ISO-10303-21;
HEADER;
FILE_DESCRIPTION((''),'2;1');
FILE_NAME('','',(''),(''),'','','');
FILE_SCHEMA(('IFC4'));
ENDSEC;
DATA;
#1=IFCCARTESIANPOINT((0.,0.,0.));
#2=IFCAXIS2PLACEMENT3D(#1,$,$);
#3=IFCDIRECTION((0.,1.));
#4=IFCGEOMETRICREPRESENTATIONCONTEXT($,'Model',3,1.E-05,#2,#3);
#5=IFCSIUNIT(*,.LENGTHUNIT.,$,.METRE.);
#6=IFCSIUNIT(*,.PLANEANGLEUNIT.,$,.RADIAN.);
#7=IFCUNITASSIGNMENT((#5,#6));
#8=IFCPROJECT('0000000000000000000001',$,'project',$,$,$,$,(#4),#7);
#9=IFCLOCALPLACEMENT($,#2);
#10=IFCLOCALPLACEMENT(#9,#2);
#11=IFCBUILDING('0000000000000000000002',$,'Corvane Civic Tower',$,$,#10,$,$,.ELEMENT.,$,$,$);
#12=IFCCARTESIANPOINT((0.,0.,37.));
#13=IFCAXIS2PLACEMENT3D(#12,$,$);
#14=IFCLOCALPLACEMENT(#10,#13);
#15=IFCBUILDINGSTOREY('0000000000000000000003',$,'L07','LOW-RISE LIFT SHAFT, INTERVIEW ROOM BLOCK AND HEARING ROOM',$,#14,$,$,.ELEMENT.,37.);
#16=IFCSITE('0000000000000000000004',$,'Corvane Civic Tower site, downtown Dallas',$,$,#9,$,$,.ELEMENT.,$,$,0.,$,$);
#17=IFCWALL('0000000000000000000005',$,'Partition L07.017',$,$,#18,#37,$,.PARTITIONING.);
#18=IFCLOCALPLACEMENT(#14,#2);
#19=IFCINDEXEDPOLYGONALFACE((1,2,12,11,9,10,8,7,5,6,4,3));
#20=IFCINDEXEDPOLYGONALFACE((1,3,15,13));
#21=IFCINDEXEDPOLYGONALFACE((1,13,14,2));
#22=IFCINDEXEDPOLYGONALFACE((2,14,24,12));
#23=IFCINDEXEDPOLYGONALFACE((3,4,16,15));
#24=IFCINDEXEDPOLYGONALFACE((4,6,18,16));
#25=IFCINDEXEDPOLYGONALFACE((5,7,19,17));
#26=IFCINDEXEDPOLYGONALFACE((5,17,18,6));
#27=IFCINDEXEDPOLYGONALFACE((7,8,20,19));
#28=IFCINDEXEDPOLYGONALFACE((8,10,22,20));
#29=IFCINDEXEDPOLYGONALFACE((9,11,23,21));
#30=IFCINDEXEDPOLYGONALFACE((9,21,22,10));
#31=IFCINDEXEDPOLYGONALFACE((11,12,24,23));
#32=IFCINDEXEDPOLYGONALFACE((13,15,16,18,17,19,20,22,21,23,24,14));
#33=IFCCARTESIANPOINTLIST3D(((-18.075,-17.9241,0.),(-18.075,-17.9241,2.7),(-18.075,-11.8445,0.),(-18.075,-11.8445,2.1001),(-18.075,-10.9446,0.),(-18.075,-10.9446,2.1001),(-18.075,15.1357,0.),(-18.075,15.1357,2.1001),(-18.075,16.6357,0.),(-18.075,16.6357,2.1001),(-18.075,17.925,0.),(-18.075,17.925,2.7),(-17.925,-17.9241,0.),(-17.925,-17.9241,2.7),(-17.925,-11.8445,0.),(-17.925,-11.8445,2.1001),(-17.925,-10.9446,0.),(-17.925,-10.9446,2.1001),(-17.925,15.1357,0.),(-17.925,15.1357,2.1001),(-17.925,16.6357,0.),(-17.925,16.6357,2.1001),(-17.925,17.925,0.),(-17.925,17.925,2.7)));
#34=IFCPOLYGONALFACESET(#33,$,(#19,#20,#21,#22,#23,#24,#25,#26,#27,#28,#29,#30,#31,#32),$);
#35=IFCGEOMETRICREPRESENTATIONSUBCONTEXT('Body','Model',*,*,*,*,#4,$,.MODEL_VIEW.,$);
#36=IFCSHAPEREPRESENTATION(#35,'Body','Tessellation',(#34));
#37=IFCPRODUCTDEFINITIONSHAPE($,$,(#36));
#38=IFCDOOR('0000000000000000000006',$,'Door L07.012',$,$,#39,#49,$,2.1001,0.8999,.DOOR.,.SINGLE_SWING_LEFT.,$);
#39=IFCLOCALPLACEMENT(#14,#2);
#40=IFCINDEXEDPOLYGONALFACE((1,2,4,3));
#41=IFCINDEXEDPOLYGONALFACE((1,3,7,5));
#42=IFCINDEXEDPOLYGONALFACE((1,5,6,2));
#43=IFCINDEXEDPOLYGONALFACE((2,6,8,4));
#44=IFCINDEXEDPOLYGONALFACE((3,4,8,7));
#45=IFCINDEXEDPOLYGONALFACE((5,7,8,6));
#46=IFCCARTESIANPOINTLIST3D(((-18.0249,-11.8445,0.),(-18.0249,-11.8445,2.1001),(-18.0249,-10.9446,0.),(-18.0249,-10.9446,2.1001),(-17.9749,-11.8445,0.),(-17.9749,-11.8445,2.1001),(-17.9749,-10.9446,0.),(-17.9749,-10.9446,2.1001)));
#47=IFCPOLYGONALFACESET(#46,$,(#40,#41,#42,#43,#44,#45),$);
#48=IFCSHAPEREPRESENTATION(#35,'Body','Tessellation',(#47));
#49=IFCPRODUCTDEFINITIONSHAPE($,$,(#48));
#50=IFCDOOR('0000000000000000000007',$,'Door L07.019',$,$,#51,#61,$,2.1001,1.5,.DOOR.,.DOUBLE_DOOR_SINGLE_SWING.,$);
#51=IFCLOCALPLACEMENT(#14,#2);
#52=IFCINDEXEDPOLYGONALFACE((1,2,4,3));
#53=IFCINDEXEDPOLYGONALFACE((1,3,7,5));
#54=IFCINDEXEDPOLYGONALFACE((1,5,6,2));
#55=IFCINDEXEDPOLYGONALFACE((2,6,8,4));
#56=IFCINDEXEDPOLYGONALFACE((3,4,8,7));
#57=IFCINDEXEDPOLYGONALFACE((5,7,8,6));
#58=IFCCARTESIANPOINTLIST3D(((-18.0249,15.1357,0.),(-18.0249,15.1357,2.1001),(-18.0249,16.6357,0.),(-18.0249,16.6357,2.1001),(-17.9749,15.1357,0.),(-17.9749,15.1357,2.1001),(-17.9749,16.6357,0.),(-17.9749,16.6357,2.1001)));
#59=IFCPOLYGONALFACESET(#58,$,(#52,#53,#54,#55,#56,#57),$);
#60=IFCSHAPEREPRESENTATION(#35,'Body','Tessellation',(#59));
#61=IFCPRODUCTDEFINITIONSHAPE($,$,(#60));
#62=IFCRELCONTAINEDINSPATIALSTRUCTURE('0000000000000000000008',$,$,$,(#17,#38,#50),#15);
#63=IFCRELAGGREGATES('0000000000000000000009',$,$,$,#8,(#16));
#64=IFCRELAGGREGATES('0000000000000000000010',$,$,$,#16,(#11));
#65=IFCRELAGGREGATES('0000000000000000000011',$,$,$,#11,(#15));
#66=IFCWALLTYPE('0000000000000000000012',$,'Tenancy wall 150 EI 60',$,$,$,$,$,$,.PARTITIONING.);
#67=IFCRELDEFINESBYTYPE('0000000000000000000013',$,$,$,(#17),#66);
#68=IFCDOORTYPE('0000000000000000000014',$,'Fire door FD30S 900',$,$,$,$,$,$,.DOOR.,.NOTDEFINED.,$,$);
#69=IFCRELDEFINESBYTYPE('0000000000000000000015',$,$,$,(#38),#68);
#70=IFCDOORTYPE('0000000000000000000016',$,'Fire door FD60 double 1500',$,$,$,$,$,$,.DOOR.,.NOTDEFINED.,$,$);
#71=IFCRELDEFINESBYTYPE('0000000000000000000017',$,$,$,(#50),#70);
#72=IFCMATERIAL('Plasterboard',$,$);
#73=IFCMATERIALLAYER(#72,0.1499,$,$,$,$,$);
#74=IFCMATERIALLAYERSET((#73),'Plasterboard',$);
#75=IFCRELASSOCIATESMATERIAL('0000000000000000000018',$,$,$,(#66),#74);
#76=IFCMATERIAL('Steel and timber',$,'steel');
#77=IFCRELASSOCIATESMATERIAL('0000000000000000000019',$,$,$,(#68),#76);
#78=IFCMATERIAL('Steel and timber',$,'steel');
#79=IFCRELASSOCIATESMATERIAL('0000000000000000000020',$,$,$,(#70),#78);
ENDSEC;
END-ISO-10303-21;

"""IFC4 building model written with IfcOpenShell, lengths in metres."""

from ifc_helpers import new_model, si_unit, direction, frame, frame_2d, origin, place, context, subcontext, project, spatial, rectangle, extrude, material, layer, layer_set, type_object, element, fill, save


model = new_model("IFC4")

# Units and contexts
model_context = context("Model", 3, precision=1e-05, world=origin(), true_north=direction((0.0, 1.0)))
body_context = subcontext(model_context, "Body", "Model", "MODEL_VIEW")
ifc_project = project(units=[si_unit("LENGTHUNIT", "METRE"), si_unit("PLANEANGLEUNIT", "RADIAN")], contexts=[model_context])

# Site, building, storey
site_placement = place(None, origin())
site = spatial("IfcSite", under=ifc_project, at=site_placement, Name="Corvane Civic Tower site, downtown Dallas", CompositionType="ELEMENT", RefElevation=0.0)
building_placement = place(site_placement, origin())
building = spatial("IfcBuilding", under=site, at=building_placement, Name="Corvane Civic Tower", CompositionType="ELEMENT")
storey_placement = place(building_placement, frame((0.0, 0.0, 37.0)))
storey = spatial("IfcBuildingStorey", under=building, at=storey_placement, Name="L07", Description="LOW-RISE LIFT SHAFT, INTERVIEW ROOM BLOCK AND HEARING ROOM", CompositionType="ELEMENT", Elevation=37.0)

# Wall, openings, doors
ifc_material_1 = material(Name="Plasterboard")
ifc_layer_1 = layer(ifc_material_1, 0.1499)
ifc_layer_set_1 = layer_set([ifc_layer_1], Name="Plasterboard")
wall_type_1 = type_object("IfcWallType", Name="Tenancy wall 150 EI 60", PredefinedType="PARTITIONING", material=ifc_layer_set_1)
ifc_material_2 = material(Name="Steel and timber", Category="steel")
door_type_1 = type_object("IfcDoorType", Name="Fire door FD30S 900", OperationType="NOTDEFINED", PredefinedType="DOOR", material=ifc_material_2)
ifc_material_3 = material(Name="Steel and timber", Category="steel")
door_type_2 = type_object("IfcDoorType", Name="Fire door FD60 double 1500", OperationType="NOTDEFINED", PredefinedType="DOOR", material=ifc_material_3)
wall_1_placement = place(storey_placement, frame((-18.0, -17.9241, 0.0), z_axis=(0.0, 0.0, 1.0), x_axis=(0.0, 1.0, 0.0)))
wall_1 = element("IfcWall", 1, at=wall_1_placement, inside=storey, type_object=wall_type_1, Name="Partition L07.017", PredefinedType="PARTITIONING", context=body_context, shape_type="SweptSolid", body=[
    extrude(rectangle(XDim=35.8491, YDim=0.1499, at=frame_2d((17.9246, 0.0))), origin(), (0.0, 0.0, 1.0), 2.7),
])
opening_1_placement = place(wall_1_placement, frame((6.0796, 0.0, 0.0)))
opening_1 = element("IfcOpeningElement", 2, at=opening_1_placement, cuts=wall_1, PredefinedType="OPENING", context=body_context, shape_type="SweptSolid", body=[
    extrude(rectangle(XDim=0.8999, YDim=2.1001, at=frame_2d((0.45, 1.05))), frame((0.0, 0.085, 0.0), z_axis=(0.0, -1.0, 0.0), x_axis=(1.0, 0.0, 0.0)), (0.0, 0.0, 1.0), 0.1699),
])
opening_2_placement = place(wall_1_placement, frame((33.0598, 0.0, 0.0)))
opening_2 = element("IfcOpeningElement", 3, at=opening_2_placement, cuts=wall_1, PredefinedType="OPENING", context=body_context, shape_type="SweptSolid", body=[
    extrude(rectangle(XDim=1.5, YDim=2.1001, at=frame_2d((0.75, 1.05))), frame((0.0, 0.085, 0.0), z_axis=(0.0, -1.0, 0.0), x_axis=(1.0, 0.0, 0.0)), (0.0, 0.0, 1.0), 0.1699),
])
door_1_placement = place(opening_1_placement, origin())
door_1 = element("IfcDoor", 4, at=door_1_placement, inside=storey, type_object=door_type_1, Name="Door L07.012", OperationType="SINGLE_SWING_LEFT", OverallHeight=2.1001, OverallWidth=0.8999, PredefinedType="DOOR", context=body_context, shape_type="SweptSolid", body=[
    extrude(rectangle(XDim=0.8999, YDim=2.1001, at=frame_2d((0.45, 1.05))), frame((0.0, 0.0249, 0.0), z_axis=(0.0, -1.0, 0.0), x_axis=(1.0, 0.0, 0.0)), (0.0, 0.0, 1.0), 0.05),
])
fill(opening_1, door_1)
door_2_placement = place(opening_2_placement, origin())
door_2 = element("IfcDoor", 5, at=door_2_placement, inside=storey, type_object=door_type_2, Name="Door L07.019", OperationType="DOUBLE_DOOR_SINGLE_SWING", OverallHeight=2.1001, OverallWidth=1.5, PredefinedType="DOOR", context=body_context, shape_type="SweptSolid", body=[
    extrude(rectangle(XDim=1.5, YDim=2.1001, at=frame_2d((0.75, 1.05))), frame((0.0, 0.0249, 0.0), z_axis=(0.0, -1.0, 0.0), x_axis=(1.0, 0.0, 0.0)), (0.0, 0.0, 1.0), 0.05),
])
fill(opening_2, door_2)

save(model, "model.ifc")
